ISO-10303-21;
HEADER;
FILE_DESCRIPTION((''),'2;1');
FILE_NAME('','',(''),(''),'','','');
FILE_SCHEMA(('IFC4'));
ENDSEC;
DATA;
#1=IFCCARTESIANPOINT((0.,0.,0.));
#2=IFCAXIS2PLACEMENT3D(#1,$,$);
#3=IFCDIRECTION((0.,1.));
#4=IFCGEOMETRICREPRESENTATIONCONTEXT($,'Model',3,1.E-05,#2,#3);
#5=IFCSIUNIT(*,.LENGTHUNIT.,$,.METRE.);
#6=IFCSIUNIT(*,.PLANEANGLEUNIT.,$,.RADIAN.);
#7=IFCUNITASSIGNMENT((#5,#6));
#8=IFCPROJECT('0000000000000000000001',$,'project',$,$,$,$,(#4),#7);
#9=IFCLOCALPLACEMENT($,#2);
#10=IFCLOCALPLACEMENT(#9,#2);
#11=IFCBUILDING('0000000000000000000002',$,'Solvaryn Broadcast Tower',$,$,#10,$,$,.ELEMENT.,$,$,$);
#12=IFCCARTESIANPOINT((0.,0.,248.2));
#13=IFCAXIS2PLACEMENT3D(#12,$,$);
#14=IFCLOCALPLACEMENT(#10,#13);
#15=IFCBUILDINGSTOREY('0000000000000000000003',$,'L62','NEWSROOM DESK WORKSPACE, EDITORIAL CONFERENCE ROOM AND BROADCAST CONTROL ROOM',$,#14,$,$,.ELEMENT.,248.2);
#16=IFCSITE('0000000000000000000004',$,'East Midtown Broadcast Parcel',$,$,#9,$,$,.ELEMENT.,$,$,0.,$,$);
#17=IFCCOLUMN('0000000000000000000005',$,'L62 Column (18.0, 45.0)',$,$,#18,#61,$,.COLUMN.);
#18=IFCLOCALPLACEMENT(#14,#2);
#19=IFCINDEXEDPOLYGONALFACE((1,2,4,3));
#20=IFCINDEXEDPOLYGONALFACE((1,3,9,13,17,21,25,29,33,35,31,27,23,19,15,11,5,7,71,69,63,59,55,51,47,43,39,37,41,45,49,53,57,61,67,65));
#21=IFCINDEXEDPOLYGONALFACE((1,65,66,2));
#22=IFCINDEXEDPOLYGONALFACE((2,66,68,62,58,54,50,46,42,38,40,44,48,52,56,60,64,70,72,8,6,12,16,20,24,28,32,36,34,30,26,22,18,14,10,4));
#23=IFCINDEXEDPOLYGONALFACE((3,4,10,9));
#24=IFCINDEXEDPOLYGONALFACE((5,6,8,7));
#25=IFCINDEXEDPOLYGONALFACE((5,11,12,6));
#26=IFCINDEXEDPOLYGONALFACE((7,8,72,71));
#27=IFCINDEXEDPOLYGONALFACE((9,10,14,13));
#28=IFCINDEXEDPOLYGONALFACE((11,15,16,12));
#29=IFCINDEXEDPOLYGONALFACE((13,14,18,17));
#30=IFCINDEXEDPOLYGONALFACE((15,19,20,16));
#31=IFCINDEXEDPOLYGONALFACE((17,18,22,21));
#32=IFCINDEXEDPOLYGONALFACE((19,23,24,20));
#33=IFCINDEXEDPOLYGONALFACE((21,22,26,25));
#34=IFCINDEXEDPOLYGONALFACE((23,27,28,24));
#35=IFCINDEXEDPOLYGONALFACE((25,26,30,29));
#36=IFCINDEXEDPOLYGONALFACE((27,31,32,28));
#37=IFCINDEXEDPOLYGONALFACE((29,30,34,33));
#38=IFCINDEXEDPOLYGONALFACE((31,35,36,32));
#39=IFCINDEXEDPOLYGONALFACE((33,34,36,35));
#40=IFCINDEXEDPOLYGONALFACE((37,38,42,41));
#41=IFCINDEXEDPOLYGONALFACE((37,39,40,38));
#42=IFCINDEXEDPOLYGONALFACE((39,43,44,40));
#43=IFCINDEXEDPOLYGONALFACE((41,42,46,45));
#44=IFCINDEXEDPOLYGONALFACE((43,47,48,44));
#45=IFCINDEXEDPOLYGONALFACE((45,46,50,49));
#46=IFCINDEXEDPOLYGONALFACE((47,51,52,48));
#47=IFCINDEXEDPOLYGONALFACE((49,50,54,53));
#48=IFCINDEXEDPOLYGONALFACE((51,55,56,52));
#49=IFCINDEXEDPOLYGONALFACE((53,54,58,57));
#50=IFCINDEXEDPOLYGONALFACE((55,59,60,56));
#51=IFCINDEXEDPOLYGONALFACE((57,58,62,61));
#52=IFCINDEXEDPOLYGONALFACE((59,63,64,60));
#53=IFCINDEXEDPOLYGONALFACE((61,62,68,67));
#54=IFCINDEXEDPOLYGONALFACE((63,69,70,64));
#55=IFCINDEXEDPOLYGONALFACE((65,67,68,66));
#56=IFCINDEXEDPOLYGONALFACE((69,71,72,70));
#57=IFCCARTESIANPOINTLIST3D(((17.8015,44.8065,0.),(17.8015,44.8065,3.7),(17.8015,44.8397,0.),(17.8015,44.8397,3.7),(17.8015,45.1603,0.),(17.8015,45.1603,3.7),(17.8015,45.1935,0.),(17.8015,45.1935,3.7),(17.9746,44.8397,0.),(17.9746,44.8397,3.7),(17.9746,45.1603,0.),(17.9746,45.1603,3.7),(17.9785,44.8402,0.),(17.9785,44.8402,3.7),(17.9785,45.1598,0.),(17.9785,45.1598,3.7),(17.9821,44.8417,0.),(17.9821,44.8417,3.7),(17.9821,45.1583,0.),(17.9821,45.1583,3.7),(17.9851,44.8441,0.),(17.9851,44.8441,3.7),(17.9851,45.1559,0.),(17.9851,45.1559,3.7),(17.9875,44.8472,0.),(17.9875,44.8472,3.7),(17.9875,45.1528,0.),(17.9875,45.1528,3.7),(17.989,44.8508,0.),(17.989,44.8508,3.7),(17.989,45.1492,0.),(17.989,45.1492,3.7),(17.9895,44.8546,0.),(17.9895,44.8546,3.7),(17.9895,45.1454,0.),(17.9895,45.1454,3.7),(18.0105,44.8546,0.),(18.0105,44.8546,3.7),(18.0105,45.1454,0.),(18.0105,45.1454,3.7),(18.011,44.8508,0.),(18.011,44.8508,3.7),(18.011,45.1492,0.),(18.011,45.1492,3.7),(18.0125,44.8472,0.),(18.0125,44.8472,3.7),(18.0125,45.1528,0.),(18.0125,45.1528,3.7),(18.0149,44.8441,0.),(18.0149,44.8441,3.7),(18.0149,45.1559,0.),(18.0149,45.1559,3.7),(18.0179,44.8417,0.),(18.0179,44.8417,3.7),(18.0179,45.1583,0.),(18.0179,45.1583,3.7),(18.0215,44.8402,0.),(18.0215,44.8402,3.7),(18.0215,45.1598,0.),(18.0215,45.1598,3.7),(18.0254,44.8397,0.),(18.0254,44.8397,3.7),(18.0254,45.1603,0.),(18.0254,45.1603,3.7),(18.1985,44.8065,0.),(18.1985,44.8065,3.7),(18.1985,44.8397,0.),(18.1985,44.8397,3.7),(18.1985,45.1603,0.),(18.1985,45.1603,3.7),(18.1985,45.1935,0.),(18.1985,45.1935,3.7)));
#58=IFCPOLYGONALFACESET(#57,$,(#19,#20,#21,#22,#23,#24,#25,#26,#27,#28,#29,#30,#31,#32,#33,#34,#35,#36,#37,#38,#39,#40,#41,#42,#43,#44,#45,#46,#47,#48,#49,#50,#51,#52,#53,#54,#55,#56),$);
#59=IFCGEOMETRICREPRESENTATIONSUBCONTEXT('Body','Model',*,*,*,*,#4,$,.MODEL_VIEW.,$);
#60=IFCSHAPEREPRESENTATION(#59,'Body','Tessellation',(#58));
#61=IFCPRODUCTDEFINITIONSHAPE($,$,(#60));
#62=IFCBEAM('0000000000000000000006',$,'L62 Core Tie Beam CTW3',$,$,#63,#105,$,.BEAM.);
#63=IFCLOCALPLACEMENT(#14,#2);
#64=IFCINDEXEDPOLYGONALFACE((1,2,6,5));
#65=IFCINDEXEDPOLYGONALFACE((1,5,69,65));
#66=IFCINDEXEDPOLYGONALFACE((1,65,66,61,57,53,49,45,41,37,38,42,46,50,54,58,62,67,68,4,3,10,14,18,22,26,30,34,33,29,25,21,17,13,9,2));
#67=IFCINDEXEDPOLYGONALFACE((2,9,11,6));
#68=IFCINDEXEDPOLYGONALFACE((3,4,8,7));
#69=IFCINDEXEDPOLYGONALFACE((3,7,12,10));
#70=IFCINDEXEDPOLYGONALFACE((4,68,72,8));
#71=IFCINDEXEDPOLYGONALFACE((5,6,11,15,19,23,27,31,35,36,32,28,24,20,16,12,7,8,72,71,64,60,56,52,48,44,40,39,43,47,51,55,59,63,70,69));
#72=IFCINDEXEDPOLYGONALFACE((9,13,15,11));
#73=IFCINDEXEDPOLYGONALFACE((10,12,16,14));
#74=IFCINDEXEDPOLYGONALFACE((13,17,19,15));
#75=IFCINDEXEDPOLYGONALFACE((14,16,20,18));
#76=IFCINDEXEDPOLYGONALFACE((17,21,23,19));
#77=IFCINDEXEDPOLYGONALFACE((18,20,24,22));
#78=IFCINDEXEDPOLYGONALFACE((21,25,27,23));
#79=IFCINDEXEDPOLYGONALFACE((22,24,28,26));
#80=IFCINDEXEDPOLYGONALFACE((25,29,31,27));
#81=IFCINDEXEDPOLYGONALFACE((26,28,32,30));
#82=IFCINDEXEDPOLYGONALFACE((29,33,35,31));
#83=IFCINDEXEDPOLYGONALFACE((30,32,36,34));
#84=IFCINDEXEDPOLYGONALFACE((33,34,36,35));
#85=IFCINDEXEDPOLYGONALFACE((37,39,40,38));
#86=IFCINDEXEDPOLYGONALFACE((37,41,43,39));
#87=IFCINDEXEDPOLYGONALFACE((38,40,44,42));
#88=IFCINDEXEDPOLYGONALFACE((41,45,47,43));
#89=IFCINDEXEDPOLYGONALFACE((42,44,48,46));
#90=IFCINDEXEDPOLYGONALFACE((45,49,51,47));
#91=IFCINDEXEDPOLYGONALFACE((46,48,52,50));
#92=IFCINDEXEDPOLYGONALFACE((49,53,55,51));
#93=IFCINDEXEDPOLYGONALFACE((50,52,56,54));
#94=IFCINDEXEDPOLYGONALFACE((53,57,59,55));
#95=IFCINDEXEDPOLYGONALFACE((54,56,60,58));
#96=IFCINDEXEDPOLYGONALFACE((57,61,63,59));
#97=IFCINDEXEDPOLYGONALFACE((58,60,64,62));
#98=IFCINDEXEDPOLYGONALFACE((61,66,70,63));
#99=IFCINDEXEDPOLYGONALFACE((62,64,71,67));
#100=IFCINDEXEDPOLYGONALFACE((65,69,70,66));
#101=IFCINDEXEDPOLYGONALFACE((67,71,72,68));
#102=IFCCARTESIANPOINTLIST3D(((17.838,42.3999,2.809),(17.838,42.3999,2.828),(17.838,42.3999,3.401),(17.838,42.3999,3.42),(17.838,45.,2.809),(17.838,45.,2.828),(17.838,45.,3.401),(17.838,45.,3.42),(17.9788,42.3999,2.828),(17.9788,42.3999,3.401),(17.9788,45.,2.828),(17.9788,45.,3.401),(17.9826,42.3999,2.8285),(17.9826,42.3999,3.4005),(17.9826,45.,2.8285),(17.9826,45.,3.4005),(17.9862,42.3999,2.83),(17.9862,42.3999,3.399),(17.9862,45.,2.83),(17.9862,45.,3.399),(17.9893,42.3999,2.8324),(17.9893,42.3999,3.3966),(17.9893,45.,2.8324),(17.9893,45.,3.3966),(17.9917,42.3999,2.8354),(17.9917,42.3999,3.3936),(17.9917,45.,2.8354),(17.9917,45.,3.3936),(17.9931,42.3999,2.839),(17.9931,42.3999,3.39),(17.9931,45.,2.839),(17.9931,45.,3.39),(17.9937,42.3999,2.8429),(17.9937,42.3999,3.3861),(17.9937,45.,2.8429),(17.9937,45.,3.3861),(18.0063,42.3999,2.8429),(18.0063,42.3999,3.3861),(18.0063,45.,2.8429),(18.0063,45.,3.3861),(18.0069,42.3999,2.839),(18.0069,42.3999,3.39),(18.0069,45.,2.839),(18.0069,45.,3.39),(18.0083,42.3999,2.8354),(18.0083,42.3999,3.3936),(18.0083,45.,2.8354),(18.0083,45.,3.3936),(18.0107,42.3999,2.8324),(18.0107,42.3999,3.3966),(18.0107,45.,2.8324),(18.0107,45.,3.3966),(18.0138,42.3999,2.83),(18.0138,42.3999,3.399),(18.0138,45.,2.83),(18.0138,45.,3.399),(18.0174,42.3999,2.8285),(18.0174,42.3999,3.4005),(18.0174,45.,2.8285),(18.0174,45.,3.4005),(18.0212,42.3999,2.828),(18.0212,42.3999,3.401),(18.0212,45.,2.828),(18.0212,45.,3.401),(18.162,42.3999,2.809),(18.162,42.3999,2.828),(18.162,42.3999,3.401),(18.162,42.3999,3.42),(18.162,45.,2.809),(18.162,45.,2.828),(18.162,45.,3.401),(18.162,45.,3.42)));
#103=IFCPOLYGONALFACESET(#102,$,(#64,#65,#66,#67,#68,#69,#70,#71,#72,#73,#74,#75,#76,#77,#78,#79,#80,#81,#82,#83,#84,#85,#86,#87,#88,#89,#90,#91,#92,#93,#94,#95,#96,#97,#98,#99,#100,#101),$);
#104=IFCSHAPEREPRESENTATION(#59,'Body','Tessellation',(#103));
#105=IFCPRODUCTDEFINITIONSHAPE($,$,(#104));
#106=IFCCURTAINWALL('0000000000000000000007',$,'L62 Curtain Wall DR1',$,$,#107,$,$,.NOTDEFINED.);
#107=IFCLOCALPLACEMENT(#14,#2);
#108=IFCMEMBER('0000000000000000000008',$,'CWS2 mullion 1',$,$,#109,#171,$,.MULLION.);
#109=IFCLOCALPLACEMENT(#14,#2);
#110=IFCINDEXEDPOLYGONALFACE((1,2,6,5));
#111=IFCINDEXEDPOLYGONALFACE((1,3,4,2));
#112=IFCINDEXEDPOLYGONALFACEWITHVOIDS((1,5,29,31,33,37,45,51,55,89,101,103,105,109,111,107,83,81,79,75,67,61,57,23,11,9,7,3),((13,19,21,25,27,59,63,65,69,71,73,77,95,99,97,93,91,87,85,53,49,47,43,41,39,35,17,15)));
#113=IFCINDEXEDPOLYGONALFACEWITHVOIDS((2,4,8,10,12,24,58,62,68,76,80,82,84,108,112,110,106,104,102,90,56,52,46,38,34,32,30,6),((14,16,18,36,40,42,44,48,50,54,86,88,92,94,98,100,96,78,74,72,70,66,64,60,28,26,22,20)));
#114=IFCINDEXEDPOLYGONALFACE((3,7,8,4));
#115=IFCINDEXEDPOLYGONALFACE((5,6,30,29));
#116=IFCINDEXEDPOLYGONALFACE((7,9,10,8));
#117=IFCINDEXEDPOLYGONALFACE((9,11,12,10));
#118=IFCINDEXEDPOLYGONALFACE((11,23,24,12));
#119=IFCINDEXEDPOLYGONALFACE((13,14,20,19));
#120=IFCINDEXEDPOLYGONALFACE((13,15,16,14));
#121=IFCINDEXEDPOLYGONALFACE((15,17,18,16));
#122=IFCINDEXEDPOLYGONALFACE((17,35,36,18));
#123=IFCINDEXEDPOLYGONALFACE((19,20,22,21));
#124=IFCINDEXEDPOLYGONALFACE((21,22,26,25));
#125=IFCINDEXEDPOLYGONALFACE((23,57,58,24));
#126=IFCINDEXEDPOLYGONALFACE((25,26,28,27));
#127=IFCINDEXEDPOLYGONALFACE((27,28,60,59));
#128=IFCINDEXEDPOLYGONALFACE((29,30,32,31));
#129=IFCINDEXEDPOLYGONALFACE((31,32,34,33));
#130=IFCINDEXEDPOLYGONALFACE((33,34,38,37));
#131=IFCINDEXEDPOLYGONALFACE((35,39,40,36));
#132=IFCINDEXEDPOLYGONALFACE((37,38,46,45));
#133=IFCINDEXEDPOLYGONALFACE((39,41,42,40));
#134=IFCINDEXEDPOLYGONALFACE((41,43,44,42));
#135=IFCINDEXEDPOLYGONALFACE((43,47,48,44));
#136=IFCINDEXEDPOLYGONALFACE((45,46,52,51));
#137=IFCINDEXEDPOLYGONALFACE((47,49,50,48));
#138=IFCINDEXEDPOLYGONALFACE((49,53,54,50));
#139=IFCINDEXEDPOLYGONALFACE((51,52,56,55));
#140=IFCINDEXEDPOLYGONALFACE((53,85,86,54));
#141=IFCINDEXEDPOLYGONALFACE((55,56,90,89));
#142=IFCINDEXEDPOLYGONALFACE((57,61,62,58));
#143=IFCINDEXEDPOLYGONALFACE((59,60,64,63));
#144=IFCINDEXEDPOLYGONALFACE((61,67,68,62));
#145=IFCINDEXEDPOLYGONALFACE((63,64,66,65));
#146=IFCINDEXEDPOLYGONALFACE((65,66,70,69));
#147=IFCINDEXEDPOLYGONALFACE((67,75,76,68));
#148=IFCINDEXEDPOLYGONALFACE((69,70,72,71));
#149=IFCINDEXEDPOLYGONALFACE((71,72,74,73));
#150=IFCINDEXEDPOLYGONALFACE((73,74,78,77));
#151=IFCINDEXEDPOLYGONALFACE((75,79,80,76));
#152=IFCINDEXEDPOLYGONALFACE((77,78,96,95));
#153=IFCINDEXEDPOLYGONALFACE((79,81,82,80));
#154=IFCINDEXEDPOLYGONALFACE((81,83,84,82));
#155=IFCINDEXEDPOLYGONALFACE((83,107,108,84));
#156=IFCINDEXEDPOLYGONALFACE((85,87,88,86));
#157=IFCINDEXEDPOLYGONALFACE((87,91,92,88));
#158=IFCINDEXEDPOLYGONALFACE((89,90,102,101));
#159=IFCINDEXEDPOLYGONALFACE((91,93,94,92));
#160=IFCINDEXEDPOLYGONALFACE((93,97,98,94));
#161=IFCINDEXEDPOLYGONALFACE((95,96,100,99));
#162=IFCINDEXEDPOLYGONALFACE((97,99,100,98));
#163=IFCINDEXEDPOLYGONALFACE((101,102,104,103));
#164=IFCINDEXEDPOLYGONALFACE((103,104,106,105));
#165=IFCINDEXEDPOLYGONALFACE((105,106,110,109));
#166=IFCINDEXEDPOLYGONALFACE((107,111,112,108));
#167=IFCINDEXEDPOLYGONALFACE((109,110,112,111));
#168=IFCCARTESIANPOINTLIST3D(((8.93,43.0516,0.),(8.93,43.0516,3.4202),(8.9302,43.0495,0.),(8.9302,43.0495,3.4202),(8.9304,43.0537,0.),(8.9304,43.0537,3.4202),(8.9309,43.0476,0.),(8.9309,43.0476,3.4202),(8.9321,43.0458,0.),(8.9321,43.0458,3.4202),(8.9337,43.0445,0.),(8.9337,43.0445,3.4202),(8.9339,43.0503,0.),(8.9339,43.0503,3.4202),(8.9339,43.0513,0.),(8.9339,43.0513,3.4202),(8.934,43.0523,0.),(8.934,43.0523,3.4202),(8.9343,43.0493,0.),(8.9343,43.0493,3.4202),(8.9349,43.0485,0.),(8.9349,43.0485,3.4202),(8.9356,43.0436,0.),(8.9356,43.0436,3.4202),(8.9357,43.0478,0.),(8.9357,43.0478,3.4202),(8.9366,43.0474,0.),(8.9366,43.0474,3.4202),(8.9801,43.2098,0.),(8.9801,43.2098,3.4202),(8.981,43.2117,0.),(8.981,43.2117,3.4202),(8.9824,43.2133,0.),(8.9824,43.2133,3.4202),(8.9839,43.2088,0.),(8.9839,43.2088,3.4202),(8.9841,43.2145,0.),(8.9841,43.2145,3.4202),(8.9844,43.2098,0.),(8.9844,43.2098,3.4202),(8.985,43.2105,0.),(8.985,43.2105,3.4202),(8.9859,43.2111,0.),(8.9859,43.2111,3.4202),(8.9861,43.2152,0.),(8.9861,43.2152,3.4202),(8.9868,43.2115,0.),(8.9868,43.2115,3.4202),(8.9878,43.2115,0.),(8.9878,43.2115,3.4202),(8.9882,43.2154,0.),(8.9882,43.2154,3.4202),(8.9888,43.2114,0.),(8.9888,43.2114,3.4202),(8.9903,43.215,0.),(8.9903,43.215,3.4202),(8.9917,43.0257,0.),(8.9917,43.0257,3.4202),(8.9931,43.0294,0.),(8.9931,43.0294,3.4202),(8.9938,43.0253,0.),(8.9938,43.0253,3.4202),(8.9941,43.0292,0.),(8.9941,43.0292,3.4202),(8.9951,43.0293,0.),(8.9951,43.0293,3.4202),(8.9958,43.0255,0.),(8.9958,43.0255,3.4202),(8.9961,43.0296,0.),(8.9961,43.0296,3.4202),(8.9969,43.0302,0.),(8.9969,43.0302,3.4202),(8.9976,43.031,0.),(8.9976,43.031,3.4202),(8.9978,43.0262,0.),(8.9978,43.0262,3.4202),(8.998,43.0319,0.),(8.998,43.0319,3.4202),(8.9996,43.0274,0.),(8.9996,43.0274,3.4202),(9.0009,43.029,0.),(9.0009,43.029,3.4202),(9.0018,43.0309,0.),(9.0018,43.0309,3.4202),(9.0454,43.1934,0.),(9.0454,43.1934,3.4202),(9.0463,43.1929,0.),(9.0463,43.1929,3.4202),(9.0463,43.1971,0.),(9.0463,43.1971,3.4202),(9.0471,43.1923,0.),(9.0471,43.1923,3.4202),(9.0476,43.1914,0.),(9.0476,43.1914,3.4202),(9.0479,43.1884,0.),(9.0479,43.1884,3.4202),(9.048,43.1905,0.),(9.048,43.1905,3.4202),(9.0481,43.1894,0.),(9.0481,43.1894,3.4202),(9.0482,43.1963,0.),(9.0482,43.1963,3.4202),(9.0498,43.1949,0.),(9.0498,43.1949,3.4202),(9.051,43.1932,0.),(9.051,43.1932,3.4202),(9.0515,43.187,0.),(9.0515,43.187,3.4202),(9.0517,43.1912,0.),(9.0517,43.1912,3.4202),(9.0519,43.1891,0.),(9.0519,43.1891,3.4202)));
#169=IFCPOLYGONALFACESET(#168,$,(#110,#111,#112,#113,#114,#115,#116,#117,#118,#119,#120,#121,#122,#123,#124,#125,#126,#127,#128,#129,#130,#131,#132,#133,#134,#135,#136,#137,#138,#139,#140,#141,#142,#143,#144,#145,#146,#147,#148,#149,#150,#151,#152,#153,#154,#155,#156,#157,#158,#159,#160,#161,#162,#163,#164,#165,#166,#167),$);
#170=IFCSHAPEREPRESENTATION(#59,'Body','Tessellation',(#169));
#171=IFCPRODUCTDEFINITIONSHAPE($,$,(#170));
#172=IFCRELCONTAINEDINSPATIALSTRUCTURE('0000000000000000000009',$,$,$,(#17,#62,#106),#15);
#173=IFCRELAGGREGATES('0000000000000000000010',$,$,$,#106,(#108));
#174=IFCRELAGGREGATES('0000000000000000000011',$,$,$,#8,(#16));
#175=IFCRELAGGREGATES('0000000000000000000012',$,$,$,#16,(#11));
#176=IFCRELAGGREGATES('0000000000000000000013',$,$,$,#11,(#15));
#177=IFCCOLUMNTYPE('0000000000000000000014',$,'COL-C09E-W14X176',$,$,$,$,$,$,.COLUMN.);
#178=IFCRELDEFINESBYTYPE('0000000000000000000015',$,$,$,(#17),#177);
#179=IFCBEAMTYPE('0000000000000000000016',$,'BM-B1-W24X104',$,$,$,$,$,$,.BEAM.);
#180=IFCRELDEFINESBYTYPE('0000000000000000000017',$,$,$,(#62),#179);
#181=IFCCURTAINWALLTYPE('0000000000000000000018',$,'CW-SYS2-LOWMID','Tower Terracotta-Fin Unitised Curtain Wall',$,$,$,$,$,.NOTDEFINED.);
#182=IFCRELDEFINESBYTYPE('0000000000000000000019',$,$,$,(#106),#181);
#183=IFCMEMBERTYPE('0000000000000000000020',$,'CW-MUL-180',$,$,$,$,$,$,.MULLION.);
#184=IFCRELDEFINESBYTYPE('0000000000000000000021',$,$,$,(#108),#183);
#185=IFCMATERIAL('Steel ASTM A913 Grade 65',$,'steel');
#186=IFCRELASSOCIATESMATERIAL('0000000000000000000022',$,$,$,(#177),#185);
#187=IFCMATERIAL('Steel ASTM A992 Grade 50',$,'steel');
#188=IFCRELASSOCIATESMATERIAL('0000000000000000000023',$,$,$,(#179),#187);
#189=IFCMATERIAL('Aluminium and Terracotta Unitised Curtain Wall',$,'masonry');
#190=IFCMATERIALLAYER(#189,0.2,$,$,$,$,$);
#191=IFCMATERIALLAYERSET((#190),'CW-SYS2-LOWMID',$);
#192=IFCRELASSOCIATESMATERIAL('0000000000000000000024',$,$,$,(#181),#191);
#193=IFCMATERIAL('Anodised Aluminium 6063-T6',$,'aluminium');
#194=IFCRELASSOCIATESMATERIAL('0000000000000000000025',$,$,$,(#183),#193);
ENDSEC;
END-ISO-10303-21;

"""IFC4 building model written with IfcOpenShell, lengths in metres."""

from ifc_helpers import new_model, si_unit, direction, frame, origin, origin_2d, place, context, subcontext, project, spatial, hollow_rectangle, i_section, extrude, material, layer, layer_set, material_profile, profile_set, type_object, element, aggregate, save


model = new_model("IFC4")

# Units and contexts
model_context = context("Model", 3, precision=1e-05, world=origin(), true_north=direction((0.0, 1.0)))
body_context = subcontext(model_context, "Body", "Model", "MODEL_VIEW")
ifc_project = project(units=[si_unit("LENGTHUNIT", "METRE"), si_unit("PLANEANGLEUNIT", "RADIAN")], contexts=[model_context])

# Site, building, storey
site_placement = place(None, origin())
site = spatial("IfcSite", under=ifc_project, at=site_placement, Name="East Midtown Broadcast Parcel", CompositionType="ELEMENT", RefElevation=0.0)
building_placement = place(site_placement, origin())
building = spatial("IfcBuilding", under=site, at=building_placement, Name="Solvaryn Broadcast Tower", CompositionType="ELEMENT")
storey_placement = place(building_placement, frame((0.0, 0.0, 248.2)))
storey = spatial("IfcBuildingStorey", under=building, at=storey_placement, Name="L62", Description="NEWSROOM DESK WORKSPACE, EDITORIAL CONFERENCE ROOM AND BROADCAST CONTROL ROOM", CompositionType="ELEMENT", Elevation=248.2)

# Column
ifc_material_1 = material(Name="Steel ASTM A913 Grade 65", Category="steel")
ifc_material_profile_1 = material_profile(ifc_material_1, i_section(OverallWidth=0.397, OverallDepth=0.387, WebThickness=0.021, FlangeThickness=0.0332, FilletRadius=0.0149, at=origin_2d()))
ifc_profile_set_1 = profile_set([ifc_material_profile_1], Name="Steel ASTM A913 Grade 65")
column_type = type_object("IfcColumnType", Name="COL-C09E-W14X176", PredefinedType="COLUMN", material=ifc_profile_set_1)
column_placement = place(storey_placement, frame((18.0, 45.0, 0.0), z_axis=(0.0, 0.0, 1.0), x_axis=(1.0, 0.0, 0.0)))
element("IfcColumn", 1, at=column_placement, inside=storey, type_object=column_type, Name="L62 Column (18.0, 45.0)", PredefinedType="COLUMN", context=body_context, shape_type="SweptSolid", body=[
    extrude(i_section(OverallWidth=0.397, OverallDepth=0.387, WebThickness=0.021, FlangeThickness=0.0332, FilletRadius=0.0149, at=origin_2d()), origin(), (0.0, 0.0, 1.0), 3.7),
])

# Beam
ifc_material_2 = material(Name="Steel ASTM A992 Grade 50", Category="steel")
ifc_material_profile_2 = material_profile(ifc_material_2, i_section(OverallWidth=0.324, OverallDepth=0.6111, WebThickness=0.0127, FlangeThickness=0.019, FilletRadius=0.0149, at=origin_2d()))
ifc_profile_set_2 = profile_set([ifc_material_profile_2], Name="Steel ASTM A992 Grade 50")
beam_type = type_object("IfcBeamType", Name="BM-B1-W24X104", PredefinedType="BEAM", material=ifc_profile_set_2)
beam_placement = place(storey_placement, frame((18.0, 42.3999, 3.1145), z_axis=(0.0, 1.0, 0.0), x_axis=(-1.0, 0.0, 0.0)))
element("IfcBeam", 2, at=beam_placement, inside=storey, type_object=beam_type, Name="L62 Core Tie Beam CTW3", PredefinedType="BEAM", context=body_context, shape_type="SweptSolid", body=[
    extrude(i_section(OverallWidth=0.324, OverallDepth=0.6111, WebThickness=0.0127, FlangeThickness=0.019, FilletRadius=0.0149, at=origin_2d()), origin(), (0.0, 0.0, 1.0), 2.6001),
])

# Curtain wall, member
ifc_material_3 = material(Name="Aluminium and Terracotta Unitised Curtain Wall", Category="masonry")
ifc_layer_1 = layer(ifc_material_3, 0.2)
ifc_layer_set_1 = layer_set([ifc_layer_1], Name="CW-SYS2-LOWMID")
curtain_wall_type = type_object("IfcCurtainWallType", Name="CW-SYS2-LOWMID", Description="Tower Terracotta-Fin Unitised Curtain Wall", PredefinedType="NOTDEFINED", material=ifc_layer_set_1)
curtain_wall_1_placement = place(storey_placement, origin())
curtain_wall_1 = element("IfcCurtainWall", 3, at=curtain_wall_1_placement, inside=storey, type_object=curtain_wall_type, Name="L62 Curtain Wall DR1", PredefinedType="NOTDEFINED")
ifc_material_4 = material(Name="Anodised Aluminium 6063-T6", Category="aluminium")
ifc_material_profile_3 = material_profile(ifc_material_4, hollow_rectangle(XDim=0.075, YDim=0.1799, WallThickness=0.0039, InnerFilletRadius=0.0039, OuterFilletRadius=0.0081, at=origin_2d()))
ifc_profile_set_3 = profile_set([ifc_material_profile_3], Name="Anodised Aluminium 6063-T6")
member_type_1 = type_object("IfcMemberType", Name="CW-MUL-180", PredefinedType="MULLION", material=ifc_profile_set_3)
member_1_placement = place(storey_placement, frame((8.991, 43.1204, 0.0), z_axis=(0.0, 0.0, 1.0), x_axis=(0.952795, -0.303616, 0.0)))
member_1 = element("IfcMember", 4, at=member_1_placement, type_object=member_type_1, Name="CWS2 mullion 1", PredefinedType="MULLION", context=body_context, shape_type="SweptSolid", body=[
    extrude(hollow_rectangle(XDim=0.075, YDim=0.1799, WallThickness=0.0039, InnerFilletRadius=0.0039, OuterFilletRadius=0.0081, at=origin_2d()), origin(), (0.0, 0.0, 1.0), 3.4202),
])

aggregate(curtain_wall_1, [member_1])

save(model, "model.ifc")
